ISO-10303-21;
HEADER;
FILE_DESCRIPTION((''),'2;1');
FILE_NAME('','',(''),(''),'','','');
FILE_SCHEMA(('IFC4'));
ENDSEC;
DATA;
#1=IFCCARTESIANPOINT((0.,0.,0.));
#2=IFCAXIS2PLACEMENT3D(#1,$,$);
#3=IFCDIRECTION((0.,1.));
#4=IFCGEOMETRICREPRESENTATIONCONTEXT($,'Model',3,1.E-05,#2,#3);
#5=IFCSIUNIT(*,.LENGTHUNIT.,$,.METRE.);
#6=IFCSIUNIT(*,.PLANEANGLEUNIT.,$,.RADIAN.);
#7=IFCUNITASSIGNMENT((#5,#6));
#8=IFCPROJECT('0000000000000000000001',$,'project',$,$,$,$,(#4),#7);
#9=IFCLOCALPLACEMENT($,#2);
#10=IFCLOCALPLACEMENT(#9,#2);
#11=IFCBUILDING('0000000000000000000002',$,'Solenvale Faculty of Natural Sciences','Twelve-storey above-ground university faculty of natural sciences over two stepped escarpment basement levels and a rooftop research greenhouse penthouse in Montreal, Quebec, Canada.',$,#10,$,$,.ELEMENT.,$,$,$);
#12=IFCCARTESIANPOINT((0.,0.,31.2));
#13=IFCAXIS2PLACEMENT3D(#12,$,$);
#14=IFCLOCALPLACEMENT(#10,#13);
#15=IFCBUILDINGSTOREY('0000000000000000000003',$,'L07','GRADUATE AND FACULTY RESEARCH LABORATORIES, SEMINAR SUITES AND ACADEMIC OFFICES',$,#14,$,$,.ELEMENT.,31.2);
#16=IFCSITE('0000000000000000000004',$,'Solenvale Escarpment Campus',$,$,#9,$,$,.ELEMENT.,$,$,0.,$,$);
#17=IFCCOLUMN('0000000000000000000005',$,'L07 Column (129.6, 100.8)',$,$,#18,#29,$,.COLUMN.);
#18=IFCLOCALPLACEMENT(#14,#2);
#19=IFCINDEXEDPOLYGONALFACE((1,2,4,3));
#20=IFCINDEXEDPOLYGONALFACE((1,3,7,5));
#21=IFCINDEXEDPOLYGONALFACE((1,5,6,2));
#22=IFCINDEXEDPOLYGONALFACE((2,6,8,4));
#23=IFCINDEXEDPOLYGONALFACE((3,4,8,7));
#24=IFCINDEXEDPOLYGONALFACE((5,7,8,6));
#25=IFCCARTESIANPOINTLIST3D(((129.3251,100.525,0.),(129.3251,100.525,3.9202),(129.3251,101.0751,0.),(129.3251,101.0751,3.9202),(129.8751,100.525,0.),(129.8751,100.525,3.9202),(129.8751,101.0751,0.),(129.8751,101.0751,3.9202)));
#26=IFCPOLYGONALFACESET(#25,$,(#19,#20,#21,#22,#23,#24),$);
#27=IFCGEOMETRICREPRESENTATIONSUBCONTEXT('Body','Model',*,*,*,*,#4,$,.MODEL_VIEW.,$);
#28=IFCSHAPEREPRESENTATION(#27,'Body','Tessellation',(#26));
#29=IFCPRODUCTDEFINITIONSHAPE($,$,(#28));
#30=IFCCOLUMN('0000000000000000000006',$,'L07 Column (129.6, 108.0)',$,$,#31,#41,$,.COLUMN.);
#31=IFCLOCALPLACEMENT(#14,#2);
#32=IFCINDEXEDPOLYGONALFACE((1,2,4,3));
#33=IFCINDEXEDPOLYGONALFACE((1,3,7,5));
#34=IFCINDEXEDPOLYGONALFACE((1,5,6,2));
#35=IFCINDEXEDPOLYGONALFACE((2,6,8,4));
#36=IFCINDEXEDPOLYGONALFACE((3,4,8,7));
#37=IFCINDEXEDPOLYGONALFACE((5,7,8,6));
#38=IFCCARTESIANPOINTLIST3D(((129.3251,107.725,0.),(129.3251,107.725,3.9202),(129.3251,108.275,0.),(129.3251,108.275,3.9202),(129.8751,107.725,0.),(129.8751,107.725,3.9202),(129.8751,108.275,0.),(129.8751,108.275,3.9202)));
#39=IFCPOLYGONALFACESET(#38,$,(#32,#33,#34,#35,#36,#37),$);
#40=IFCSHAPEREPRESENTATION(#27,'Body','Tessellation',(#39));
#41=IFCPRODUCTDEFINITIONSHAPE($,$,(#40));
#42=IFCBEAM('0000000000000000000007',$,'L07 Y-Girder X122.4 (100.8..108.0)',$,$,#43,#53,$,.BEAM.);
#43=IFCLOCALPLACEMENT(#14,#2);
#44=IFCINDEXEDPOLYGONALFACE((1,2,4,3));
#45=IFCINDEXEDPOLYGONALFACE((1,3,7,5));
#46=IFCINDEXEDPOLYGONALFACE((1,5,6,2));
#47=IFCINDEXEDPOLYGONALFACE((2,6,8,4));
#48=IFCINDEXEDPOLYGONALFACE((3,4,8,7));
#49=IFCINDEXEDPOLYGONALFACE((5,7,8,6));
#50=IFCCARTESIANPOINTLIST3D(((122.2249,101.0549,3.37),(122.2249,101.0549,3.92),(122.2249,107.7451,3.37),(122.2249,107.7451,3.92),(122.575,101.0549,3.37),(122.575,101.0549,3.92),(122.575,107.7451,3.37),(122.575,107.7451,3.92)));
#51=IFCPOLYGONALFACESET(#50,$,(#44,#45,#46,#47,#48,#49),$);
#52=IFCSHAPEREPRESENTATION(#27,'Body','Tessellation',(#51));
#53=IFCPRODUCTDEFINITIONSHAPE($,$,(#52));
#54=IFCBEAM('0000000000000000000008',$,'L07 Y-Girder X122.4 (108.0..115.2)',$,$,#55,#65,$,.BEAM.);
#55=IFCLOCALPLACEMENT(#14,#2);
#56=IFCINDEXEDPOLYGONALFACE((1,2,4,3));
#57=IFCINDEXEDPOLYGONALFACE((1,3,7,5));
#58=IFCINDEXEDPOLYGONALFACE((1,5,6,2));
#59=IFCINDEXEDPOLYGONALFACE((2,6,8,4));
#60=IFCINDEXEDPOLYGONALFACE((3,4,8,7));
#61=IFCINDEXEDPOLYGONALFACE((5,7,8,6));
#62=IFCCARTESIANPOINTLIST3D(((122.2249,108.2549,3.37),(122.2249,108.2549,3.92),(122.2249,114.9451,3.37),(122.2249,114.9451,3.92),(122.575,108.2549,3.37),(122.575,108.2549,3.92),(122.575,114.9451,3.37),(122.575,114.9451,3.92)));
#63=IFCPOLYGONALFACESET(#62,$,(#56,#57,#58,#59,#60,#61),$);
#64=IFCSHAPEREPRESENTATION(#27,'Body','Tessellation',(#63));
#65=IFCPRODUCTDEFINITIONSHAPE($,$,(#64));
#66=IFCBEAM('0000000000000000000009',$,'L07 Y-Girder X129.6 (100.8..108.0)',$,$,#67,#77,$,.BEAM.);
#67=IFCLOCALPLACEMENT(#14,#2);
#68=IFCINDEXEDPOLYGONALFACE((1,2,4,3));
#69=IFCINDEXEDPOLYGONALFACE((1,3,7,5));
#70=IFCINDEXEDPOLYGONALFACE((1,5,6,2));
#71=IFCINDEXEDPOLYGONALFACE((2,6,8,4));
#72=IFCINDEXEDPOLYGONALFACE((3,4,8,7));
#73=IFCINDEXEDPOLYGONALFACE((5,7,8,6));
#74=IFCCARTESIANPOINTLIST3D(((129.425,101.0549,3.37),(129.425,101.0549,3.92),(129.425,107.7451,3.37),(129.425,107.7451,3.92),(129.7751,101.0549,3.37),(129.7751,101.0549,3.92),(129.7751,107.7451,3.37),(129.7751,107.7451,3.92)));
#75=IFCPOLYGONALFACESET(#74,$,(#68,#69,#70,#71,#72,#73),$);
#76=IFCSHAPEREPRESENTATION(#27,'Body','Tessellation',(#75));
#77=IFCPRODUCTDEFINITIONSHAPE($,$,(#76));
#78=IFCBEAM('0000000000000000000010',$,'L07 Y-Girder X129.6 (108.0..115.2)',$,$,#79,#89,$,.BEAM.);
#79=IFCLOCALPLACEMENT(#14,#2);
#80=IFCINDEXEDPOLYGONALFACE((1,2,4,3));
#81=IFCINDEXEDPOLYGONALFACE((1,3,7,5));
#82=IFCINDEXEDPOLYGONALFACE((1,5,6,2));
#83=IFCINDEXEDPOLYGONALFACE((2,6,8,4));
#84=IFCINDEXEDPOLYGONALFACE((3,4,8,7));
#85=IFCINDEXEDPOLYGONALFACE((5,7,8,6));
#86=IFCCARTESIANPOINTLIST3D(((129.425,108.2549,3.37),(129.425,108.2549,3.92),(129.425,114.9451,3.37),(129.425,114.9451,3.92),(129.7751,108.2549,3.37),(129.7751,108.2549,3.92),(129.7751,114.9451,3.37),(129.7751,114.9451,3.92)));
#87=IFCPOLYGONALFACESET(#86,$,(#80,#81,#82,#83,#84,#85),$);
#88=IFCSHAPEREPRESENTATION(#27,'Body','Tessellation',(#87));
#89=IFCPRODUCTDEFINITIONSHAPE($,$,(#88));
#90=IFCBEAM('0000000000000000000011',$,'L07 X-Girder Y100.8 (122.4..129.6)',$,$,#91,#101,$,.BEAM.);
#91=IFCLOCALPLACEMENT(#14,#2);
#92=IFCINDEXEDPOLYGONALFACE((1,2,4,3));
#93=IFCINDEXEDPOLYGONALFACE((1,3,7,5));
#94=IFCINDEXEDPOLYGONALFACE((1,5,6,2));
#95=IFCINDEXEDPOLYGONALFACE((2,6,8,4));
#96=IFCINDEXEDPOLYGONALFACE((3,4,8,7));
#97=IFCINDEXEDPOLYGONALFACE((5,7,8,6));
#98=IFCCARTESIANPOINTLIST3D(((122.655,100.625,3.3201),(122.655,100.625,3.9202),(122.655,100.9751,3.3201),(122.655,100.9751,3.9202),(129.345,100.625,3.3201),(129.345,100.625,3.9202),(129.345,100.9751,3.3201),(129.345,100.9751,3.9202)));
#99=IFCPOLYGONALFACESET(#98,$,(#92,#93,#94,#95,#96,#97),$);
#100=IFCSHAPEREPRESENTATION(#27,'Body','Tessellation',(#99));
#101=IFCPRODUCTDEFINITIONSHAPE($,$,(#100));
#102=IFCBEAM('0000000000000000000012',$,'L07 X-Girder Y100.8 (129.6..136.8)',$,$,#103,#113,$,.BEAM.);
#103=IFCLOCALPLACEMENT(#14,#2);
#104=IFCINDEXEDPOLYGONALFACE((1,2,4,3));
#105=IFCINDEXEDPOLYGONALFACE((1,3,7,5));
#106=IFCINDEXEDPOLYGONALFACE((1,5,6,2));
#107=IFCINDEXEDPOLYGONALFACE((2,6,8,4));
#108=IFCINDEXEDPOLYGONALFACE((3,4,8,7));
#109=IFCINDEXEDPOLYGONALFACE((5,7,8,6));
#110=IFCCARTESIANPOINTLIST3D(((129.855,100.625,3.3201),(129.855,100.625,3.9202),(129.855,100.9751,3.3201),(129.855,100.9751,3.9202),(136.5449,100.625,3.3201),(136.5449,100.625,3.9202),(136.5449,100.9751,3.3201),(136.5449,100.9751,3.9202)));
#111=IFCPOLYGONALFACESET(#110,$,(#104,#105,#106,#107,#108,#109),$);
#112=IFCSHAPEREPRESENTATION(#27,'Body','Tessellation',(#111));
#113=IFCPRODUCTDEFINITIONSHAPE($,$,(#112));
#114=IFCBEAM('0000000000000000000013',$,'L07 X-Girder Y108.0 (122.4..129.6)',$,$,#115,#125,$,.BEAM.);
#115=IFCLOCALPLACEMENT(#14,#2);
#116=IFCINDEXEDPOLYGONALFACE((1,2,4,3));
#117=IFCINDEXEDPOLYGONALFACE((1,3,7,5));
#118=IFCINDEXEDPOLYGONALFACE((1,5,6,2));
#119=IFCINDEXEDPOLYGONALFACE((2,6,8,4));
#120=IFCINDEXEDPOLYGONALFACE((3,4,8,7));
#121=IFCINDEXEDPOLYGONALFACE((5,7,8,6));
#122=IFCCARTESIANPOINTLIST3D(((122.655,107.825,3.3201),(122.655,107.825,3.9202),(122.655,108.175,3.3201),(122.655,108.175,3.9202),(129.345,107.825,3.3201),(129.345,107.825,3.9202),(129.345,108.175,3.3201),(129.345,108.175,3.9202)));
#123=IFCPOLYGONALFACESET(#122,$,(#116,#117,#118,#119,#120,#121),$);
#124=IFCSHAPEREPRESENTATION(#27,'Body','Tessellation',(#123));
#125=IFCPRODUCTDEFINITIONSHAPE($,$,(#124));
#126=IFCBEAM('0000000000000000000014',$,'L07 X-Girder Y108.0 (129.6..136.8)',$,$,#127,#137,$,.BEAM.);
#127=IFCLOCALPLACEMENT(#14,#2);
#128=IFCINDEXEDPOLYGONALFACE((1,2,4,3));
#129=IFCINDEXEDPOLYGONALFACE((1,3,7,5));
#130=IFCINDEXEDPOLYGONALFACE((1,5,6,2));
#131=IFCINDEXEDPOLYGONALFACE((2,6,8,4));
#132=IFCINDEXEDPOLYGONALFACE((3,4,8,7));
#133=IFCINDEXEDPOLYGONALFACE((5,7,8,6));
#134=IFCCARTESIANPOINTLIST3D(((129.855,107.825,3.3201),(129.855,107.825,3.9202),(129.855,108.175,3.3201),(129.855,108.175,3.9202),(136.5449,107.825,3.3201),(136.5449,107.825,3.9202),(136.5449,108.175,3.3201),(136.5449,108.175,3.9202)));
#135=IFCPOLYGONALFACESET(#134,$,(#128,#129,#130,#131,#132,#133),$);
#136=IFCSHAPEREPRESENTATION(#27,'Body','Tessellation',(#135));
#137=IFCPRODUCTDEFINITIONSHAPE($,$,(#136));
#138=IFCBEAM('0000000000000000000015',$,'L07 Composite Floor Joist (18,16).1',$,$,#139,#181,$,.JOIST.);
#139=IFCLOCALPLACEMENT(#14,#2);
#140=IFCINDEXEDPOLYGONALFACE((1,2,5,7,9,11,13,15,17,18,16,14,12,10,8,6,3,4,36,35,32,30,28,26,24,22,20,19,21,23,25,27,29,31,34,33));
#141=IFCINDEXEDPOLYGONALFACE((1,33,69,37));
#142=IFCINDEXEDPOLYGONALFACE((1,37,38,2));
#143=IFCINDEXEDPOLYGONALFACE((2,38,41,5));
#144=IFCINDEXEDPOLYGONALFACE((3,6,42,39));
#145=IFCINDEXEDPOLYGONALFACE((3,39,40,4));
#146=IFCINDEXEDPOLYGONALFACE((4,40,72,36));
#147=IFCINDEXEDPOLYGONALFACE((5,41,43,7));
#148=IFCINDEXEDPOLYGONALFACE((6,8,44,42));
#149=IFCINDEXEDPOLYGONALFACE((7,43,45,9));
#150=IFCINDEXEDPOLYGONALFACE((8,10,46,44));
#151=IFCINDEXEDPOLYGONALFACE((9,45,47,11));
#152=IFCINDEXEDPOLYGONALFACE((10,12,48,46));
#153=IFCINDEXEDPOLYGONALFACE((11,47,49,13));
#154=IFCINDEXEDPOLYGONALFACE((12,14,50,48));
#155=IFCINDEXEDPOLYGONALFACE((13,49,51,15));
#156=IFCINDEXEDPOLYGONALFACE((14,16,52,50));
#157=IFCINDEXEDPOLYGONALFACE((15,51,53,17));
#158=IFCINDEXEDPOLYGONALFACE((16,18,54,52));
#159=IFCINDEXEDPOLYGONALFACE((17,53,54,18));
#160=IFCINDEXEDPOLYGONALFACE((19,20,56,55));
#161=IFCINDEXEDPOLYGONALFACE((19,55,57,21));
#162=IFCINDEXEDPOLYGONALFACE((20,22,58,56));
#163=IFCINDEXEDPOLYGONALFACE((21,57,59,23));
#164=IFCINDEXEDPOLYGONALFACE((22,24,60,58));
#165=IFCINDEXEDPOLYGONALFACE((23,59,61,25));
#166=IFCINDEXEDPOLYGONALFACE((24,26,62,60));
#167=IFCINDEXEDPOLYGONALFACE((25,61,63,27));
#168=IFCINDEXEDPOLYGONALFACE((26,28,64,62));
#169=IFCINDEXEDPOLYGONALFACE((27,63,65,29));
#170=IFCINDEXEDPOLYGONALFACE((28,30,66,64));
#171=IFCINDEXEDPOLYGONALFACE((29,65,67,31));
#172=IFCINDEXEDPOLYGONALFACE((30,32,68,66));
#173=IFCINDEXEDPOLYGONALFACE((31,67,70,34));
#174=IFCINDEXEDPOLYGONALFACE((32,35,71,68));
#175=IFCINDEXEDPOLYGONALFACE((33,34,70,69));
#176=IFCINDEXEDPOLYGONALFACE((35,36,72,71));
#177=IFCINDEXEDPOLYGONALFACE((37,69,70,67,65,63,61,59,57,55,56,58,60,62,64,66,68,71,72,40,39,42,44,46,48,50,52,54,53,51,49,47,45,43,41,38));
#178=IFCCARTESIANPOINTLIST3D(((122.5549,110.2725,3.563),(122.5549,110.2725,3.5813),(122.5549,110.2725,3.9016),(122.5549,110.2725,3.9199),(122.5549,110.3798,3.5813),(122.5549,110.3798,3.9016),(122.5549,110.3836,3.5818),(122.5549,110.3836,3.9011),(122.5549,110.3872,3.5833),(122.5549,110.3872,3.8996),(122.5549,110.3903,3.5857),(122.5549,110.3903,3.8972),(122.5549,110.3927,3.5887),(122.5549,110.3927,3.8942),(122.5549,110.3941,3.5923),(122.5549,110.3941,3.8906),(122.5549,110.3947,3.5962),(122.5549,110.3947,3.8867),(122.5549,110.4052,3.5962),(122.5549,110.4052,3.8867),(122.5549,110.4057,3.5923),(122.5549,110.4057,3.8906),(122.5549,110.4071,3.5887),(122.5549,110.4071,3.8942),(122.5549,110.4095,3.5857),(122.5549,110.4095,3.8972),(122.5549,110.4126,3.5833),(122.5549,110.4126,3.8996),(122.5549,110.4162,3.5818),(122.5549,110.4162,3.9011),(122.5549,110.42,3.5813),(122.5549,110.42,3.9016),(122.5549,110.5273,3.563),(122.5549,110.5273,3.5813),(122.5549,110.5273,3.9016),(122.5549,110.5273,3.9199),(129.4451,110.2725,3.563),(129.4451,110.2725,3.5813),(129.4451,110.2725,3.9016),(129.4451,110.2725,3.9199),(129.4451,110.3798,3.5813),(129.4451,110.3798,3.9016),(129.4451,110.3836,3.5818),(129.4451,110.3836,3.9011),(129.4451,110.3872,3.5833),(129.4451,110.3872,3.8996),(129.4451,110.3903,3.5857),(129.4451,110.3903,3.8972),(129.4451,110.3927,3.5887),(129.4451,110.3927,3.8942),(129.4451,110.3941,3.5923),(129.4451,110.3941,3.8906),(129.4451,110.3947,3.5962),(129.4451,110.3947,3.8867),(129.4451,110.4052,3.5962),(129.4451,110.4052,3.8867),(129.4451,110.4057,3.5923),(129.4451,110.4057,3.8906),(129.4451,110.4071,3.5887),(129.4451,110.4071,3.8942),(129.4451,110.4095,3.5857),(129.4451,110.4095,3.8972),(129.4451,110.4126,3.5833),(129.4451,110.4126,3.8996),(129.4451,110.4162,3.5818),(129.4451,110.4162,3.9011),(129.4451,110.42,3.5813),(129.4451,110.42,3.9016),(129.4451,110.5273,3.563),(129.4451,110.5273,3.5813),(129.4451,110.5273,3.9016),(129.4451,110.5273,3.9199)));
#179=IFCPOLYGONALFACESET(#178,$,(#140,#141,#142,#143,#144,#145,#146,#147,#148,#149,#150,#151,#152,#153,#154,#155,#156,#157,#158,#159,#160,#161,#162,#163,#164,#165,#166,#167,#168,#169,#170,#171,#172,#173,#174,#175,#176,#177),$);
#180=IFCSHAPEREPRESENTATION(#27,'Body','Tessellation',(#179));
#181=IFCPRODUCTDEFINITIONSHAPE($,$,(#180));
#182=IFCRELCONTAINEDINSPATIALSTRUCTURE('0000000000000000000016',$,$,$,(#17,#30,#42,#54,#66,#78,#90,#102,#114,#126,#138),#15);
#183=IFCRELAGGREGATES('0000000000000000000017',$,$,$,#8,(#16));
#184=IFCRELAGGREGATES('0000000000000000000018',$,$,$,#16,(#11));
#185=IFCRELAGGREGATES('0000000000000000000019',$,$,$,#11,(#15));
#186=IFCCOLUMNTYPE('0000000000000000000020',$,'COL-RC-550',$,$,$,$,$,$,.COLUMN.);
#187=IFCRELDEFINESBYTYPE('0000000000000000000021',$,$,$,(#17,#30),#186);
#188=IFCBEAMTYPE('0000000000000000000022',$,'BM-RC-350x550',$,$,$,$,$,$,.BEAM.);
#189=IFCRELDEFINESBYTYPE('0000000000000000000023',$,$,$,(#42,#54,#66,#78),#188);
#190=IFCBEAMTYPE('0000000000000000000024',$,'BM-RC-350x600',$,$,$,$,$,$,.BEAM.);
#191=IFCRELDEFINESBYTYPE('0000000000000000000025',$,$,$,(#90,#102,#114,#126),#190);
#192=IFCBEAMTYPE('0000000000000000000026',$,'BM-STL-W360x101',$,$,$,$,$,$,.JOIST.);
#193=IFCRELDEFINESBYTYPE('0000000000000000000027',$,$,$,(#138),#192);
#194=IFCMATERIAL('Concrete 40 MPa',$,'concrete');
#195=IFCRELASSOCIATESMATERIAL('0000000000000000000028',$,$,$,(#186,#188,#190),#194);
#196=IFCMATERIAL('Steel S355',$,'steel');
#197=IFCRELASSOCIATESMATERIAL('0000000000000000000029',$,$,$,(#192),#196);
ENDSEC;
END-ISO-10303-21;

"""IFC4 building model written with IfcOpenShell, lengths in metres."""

from ifc_helpers import new_model, si_unit, direction, frame, origin, origin_2d, place, context, subcontext, project, spatial, rectangle, i_section, extrude, material, material_profile, profile_set, type_object, element, save


model = new_model("IFC4")

# Units and contexts
model_context = context("Model", 3, precision=1e-05, world=origin(), true_north=direction((0.0, 1.0)))
body_context = subcontext(model_context, "Body", "Model", "MODEL_VIEW")
ifc_project = project(units=[si_unit("LENGTHUNIT", "METRE"), si_unit("PLANEANGLEUNIT", "RADIAN")], contexts=[model_context])

# Site, building, storey
site_placement = place(None, origin())
site = spatial("IfcSite", under=ifc_project, at=site_placement, Name="Solenvale Escarpment Campus", CompositionType="ELEMENT", RefElevation=0.0)
building_placement = place(site_placement, origin())
building = spatial("IfcBuilding", under=site, at=building_placement, Name="Solenvale Faculty of Natural Sciences", Description="Twelve-storey above-ground university faculty of natural sciences over two stepped escarpment basement levels and a rooftop research greenhouse penthouse in Montreal, Quebec, Canada.", CompositionType="ELEMENT")
storey_placement = place(building_placement, frame((0.0, 0.0, 31.2)))
storey = spatial("IfcBuildingStorey", under=building, at=storey_placement, Name="L07", Description="GRADUATE AND FACULTY RESEARCH LABORATORIES, SEMINAR SUITES AND ACADEMIC OFFICES", CompositionType="ELEMENT", Elevation=31.2)

# Columns
ifc_material_1 = material(Name="Concrete 40 MPa", Category="concrete")
ifc_material_profile_1 = material_profile(ifc_material_1, rectangle(XDim=0.55, YDim=0.55, at=origin_2d()), Name="RC-COL-550x550")
ifc_profile_set_1 = profile_set([ifc_material_profile_1], Name="Concrete 40 MPa")
column_type = type_object("IfcColumnType", Name="COL-RC-550", PredefinedType="COLUMN", material=ifc_profile_set_1)
for number, where, z_axis, x_axis, name in (
    (1, (129.6001, 100.8, 0.0), (0.0, 0.0, 1.0), (1.0, 0.0, 0.0), "L07 Column (129.6, 100.8)"),
    (2, (129.6001, 108.0, 0.0), (0.0, 0.0, 1.0), (1.0, 0.0, 0.0), "L07 Column (129.6, 108.0)"),
):
    element("IfcColumn", number, at=place(storey_placement, frame(where, z_axis=z_axis, x_axis=x_axis)), inside=storey, type_object=column_type, Name=name, PredefinedType="COLUMN", context=body_context, shape_type="SweptSolid", body=[
        extrude(rectangle(XDim=0.55, YDim=0.55, at=origin_2d()), origin(), (0.0, 0.0, 1.0), 3.9202),
    ])

# Beams
ifc_material_profile_2 = material_profile(ifc_material_1, rectangle(XDim=0.3501, YDim=0.55, at=origin_2d()), Name="RC-BM-350x550")
ifc_profile_set_2 = profile_set([ifc_material_profile_2], Name="Concrete 40 MPa")
beam_type_1 = type_object("IfcBeamType", Name="BM-RC-350x550", PredefinedType="BEAM", material=ifc_profile_set_2)
for number, where, z_axis, x_axis, name in (
    (3, (122.3999, 101.0549, 3.645), (0.0, 1.0, 0.0), (-1.0, 0.0, 0.0), "L07 Y-Girder X122.4 (100.8..108.0)"),
    (4, (122.3999, 108.2549, 3.645), (0.0, 1.0, 0.0), (-1.0, 0.0, 0.0), "L07 Y-Girder X122.4 (108.0..115.2)"),
    (5, (129.6001, 101.0549, 3.645), (0.0, 1.0, 0.0), (-1.0, 0.0, 0.0), "L07 Y-Girder X129.6 (100.8..108.0)"),
    (6, (129.6001, 108.2549, 3.645), (0.0, 1.0, 0.0), (-1.0, 0.0, 0.0), "L07 Y-Girder X129.6 (108.0..115.2)"),
):
    element("IfcBeam", number, at=place(storey_placement, frame(where, z_axis=z_axis, x_axis=x_axis)), inside=storey, type_object=beam_type_1, Name=name, PredefinedType="BEAM", context=body_context, shape_type="SweptSolid", body=[
        extrude(rectangle(XDim=0.3501, YDim=0.55, at=origin_2d()), origin(), (0.0, 0.0, 1.0), 6.6902),
    ])
ifc_material_profile_3 = material_profile(ifc_material_1, rectangle(XDim=0.3501, YDim=0.6001, at=origin_2d()), Name="RC-BM-350x600")
ifc_profile_set_3 = profile_set([ifc_material_profile_3], Name="Concrete 40 MPa")
beam_type_2 = type_object("IfcBeamType", Name="BM-RC-350x600", PredefinedType="BEAM", material=ifc_profile_set_3)
for number, where, z_axis, x_axis, name in (
    (7, (122.655, 100.8, 3.6201), (1.0, 0.0, 0.0), (0.0, 1.0, 0.0), "L07 X-Girder Y100.8 (122.4..129.6)"),
    (8, (129.855, 100.8, 3.6201), (1.0, 0.0, 0.0), (0.0, 1.0, 0.0), "L07 X-Girder Y100.8 (129.6..136.8)"),
    (9, (122.655, 108.0, 3.6201), (1.0, 0.0, 0.0), (0.0, 1.0, 0.0), "L07 X-Girder Y108.0 (122.4..129.6)"),
    (10, (129.855, 108.0, 3.6201), (1.0, 0.0, 0.0), (0.0, 1.0, 0.0), "L07 X-Girder Y108.0 (129.6..136.8)"),
):
    element("IfcBeam", number, at=place(storey_placement, frame(where, z_axis=z_axis, x_axis=x_axis)), inside=storey, type_object=beam_type_2, Name=name, PredefinedType="BEAM", context=body_context, shape_type="SweptSolid", body=[
        extrude(rectangle(XDim=0.3501, YDim=0.6001, at=origin_2d()), origin(), (0.0, 0.0, 1.0), 6.6899),
    ])
ifc_material_2 = material(Name="Steel S355", Category="steel")
ifc_material_profile_4 = material_profile(ifc_material_2, i_section(OverallWidth=0.2549, OverallDepth=0.3569, WebThickness=0.0105, FlangeThickness=0.0183, FilletRadius=0.0149, at=origin_2d()), Name="W360x101")
ifc_profile_set_4 = profile_set([ifc_material_profile_4], Name="Steel S355")
beam_type_3 = type_object("IfcBeamType", Name="BM-STL-W360x101", PredefinedType="JOIST", material=ifc_profile_set_4)
for number, where, z_axis, x_axis, name in (
    (11, (122.5549, 110.3999, 3.7415), (1.0, 0.0, 0.0), (0.0, 1.0, 0.0), "L07 Composite Floor Joist (18,16).1"),
):
    element("IfcBeam", number, at=place(storey_placement, frame(where, z_axis=z_axis, x_axis=x_axis)), inside=storey, type_object=beam_type_3, Name=name, PredefinedType="JOIST", context=body_context, shape_type="SweptSolid", body=[
        extrude(i_section(OverallWidth=0.2549, OverallDepth=0.3569, WebThickness=0.0105, FlangeThickness=0.0183, FilletRadius=0.0149, at=origin_2d()), origin(), (0.0, 0.0, 1.0), 6.8901),
    ])

save(model, "model.ifc")
